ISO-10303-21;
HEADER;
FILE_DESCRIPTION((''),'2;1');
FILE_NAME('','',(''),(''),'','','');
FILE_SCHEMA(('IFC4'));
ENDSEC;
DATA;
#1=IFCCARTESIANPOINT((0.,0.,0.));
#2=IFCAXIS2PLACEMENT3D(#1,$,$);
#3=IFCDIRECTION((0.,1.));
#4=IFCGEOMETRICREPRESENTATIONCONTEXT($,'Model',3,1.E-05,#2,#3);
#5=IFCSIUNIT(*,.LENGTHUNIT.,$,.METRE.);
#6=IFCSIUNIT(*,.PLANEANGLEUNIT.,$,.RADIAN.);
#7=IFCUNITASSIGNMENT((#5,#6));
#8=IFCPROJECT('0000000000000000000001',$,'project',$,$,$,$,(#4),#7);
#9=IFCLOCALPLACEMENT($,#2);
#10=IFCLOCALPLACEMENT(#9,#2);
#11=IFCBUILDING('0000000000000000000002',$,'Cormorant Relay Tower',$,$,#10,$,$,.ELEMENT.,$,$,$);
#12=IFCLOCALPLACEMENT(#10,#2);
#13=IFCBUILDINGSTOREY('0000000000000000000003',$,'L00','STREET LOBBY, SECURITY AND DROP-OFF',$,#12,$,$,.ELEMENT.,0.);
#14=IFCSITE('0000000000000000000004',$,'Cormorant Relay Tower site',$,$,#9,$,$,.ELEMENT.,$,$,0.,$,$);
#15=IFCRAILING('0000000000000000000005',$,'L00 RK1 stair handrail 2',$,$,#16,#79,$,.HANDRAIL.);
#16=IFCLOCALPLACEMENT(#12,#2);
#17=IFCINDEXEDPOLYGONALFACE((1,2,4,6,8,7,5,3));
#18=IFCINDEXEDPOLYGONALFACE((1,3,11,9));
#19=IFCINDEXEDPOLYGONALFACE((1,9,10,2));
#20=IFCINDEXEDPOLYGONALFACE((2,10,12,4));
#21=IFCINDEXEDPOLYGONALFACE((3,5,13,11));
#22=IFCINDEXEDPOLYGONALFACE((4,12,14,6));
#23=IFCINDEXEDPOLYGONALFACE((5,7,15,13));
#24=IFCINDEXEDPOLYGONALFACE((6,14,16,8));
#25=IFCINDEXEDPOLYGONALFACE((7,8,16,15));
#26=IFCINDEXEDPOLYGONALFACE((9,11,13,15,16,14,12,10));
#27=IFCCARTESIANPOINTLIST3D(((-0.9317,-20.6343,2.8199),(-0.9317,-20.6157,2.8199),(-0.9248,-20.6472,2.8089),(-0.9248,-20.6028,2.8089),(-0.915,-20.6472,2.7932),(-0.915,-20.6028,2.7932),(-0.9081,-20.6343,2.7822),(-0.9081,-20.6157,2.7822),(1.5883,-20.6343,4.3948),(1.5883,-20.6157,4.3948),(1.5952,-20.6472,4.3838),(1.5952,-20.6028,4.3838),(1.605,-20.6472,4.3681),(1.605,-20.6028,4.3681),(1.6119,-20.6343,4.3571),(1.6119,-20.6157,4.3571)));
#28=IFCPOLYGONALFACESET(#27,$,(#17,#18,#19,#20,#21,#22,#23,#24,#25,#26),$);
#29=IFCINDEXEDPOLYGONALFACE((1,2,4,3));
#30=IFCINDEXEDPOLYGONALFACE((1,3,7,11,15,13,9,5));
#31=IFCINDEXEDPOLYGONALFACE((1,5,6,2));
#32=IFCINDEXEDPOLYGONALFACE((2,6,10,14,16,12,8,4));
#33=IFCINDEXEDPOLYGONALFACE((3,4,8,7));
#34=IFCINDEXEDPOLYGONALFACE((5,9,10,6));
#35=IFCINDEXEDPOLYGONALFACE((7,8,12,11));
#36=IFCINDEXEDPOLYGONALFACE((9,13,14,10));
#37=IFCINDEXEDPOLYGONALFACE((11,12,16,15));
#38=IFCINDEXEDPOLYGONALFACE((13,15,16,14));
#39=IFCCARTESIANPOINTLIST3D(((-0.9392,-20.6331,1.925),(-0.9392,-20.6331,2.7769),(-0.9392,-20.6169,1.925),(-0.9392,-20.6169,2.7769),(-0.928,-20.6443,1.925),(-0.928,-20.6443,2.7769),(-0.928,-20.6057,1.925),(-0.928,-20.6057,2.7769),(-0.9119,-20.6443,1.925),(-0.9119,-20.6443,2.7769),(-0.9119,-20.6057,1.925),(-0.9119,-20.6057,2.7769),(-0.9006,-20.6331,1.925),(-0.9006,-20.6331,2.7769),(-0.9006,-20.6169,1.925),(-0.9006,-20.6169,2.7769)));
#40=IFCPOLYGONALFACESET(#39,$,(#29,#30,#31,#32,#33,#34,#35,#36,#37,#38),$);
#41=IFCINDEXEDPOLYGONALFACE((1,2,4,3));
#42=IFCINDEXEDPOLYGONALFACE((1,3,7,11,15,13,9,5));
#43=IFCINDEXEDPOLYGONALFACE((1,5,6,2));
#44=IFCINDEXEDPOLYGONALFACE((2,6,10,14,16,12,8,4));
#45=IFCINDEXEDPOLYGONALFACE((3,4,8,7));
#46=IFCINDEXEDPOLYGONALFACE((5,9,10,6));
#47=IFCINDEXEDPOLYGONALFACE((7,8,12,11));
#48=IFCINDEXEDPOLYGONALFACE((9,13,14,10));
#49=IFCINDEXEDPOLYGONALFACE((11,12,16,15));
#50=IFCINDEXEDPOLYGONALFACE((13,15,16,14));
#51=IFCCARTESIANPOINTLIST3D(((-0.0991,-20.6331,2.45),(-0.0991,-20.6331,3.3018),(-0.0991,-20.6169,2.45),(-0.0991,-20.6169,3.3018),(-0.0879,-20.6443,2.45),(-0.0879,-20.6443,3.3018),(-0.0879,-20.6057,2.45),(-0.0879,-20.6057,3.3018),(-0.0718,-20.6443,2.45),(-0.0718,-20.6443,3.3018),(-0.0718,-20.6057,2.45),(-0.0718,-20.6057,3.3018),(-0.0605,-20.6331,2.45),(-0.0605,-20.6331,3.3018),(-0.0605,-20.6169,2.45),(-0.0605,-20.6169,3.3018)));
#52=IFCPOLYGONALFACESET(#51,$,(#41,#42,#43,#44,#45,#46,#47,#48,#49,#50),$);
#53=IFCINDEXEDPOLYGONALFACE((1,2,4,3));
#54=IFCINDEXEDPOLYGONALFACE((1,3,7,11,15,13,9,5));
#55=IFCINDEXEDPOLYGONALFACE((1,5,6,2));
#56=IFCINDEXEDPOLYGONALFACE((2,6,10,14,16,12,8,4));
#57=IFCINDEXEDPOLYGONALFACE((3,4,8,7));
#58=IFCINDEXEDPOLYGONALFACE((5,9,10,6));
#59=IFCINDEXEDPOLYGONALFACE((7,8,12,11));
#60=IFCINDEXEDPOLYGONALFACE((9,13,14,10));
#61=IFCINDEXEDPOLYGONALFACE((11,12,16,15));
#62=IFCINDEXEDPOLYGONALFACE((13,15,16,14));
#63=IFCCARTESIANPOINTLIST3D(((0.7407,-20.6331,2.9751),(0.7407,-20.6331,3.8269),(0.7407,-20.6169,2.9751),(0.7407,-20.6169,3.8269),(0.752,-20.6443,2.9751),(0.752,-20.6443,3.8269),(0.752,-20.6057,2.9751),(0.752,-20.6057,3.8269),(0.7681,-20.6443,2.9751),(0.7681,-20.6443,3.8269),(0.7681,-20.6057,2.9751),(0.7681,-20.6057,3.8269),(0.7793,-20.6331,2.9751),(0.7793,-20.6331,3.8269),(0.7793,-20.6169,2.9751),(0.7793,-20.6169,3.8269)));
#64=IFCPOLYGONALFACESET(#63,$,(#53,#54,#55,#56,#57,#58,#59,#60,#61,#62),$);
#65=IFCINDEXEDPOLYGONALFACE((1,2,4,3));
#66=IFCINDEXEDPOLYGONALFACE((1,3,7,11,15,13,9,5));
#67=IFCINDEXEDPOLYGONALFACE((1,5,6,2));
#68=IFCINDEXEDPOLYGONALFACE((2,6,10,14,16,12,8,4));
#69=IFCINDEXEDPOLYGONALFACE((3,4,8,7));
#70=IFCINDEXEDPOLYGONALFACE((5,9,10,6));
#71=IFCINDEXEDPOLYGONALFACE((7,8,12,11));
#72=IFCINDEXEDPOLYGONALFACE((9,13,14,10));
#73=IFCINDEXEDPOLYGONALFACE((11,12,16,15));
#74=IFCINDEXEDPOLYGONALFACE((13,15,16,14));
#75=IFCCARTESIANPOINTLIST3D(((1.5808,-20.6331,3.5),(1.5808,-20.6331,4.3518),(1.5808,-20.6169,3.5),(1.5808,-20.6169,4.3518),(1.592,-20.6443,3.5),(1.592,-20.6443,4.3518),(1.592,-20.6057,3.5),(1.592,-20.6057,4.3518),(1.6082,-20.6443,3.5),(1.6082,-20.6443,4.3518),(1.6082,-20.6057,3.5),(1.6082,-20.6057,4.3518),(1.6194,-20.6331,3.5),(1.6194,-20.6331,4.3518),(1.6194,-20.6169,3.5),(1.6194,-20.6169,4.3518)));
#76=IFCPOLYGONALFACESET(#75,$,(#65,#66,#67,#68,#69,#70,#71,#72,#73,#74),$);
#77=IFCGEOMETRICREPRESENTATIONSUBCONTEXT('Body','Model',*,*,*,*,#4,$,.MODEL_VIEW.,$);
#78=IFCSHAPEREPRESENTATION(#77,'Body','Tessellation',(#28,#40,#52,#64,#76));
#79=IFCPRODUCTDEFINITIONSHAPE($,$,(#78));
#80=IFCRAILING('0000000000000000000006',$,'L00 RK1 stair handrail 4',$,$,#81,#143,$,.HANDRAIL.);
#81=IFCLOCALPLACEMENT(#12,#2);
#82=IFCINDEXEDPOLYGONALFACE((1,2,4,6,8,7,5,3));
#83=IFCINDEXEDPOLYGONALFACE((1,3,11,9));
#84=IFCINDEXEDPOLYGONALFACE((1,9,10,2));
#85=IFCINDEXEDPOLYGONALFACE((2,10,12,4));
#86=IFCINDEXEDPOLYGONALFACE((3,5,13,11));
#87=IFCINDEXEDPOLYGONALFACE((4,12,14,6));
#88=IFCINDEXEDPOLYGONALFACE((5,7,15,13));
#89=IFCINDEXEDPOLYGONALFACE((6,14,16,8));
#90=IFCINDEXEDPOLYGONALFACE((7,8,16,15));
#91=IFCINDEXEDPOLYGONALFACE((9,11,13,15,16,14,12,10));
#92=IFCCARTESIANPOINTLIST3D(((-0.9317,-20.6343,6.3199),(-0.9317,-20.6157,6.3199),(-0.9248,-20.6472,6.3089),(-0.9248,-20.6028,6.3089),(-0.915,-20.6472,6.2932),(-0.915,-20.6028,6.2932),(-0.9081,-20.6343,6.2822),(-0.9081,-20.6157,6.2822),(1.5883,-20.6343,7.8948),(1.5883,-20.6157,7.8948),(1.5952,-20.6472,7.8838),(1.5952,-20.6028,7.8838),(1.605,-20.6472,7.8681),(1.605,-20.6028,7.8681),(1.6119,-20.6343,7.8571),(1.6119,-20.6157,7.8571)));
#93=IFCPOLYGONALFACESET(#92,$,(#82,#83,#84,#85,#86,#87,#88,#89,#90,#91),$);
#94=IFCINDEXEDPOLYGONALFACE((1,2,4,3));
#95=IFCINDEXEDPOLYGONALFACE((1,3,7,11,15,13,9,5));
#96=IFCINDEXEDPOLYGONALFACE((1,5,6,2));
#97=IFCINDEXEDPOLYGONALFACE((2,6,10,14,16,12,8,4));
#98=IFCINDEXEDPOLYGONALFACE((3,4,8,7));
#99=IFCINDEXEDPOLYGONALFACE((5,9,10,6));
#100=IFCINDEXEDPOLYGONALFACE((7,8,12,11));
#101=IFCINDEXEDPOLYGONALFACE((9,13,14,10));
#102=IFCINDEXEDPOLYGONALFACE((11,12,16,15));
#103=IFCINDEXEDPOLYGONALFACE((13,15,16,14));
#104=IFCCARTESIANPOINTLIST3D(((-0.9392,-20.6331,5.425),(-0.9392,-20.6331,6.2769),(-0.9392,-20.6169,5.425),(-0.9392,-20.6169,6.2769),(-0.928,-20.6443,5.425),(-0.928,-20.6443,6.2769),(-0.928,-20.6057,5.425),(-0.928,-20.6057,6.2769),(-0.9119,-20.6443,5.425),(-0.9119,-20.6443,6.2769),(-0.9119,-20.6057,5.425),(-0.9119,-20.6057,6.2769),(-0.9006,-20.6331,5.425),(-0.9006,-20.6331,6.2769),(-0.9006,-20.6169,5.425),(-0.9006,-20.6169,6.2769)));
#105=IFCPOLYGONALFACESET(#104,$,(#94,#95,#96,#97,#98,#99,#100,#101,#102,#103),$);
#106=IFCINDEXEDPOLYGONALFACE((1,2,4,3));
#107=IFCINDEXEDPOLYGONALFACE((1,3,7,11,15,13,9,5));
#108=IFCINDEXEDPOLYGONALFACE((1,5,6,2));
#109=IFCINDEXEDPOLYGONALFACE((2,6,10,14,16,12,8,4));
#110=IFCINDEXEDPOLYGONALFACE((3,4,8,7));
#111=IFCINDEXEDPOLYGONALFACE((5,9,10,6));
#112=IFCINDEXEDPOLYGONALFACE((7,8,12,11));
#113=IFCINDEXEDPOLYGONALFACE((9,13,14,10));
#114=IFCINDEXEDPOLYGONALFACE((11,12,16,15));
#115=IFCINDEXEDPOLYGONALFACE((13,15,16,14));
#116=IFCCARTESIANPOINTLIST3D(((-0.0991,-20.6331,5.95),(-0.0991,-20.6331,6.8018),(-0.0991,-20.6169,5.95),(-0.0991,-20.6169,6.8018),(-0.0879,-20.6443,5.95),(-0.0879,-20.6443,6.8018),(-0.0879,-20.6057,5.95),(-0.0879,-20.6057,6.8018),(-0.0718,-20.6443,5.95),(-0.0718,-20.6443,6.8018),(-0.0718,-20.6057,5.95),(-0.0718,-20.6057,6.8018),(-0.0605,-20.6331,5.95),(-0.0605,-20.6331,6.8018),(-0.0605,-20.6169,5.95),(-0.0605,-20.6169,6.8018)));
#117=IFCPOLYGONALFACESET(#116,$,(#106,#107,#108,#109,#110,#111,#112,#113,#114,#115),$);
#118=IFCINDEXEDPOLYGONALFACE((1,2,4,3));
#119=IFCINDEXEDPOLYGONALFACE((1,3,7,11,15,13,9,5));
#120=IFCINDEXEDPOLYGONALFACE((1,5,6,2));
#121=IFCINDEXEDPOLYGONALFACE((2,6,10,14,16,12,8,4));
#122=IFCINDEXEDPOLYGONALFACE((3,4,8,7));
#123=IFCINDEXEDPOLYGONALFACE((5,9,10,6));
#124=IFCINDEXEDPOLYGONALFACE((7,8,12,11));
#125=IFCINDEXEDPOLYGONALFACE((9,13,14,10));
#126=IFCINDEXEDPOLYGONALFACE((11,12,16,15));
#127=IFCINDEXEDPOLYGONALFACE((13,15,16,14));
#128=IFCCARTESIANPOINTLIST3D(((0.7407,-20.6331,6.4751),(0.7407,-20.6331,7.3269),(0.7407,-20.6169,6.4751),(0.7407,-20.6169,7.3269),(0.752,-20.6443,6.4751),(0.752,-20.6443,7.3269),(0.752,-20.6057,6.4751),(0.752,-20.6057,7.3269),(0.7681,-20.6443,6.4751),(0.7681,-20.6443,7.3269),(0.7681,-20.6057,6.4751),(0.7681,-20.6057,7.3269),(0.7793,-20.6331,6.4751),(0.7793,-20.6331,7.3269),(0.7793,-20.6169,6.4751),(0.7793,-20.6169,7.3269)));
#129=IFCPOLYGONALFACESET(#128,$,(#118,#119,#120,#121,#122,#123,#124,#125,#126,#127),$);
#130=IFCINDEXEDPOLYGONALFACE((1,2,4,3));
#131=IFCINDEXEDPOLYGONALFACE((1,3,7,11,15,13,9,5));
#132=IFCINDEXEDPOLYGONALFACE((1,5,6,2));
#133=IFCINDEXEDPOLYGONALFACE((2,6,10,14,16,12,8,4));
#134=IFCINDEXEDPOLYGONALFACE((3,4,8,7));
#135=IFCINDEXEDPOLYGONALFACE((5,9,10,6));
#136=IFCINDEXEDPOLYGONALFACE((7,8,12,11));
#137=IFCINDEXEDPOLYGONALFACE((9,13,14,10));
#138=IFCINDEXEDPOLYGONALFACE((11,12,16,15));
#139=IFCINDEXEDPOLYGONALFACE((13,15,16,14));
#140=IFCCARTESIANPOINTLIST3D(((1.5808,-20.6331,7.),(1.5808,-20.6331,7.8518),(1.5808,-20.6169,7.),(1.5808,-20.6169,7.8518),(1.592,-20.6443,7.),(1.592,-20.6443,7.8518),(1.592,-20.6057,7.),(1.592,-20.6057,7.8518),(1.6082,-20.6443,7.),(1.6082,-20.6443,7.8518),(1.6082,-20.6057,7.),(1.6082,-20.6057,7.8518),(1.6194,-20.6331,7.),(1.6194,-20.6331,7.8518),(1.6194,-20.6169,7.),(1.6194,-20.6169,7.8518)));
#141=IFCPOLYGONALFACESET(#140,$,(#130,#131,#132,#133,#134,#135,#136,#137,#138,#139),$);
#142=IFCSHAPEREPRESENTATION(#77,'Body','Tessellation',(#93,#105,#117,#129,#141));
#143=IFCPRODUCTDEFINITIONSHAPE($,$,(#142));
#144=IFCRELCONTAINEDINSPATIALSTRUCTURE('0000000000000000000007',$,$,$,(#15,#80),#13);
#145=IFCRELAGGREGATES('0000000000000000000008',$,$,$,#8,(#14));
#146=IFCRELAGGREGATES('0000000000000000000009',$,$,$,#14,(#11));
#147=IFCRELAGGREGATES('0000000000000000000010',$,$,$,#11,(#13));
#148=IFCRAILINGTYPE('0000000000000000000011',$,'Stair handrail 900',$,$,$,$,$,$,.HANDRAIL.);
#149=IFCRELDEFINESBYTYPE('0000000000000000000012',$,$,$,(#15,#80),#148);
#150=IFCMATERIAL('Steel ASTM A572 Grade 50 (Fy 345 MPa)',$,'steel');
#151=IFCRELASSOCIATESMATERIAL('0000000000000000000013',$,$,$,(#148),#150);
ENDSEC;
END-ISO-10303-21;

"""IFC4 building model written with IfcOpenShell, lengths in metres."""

from ifc_helpers import new_model, si_unit, direction, frame, origin, place, context, subcontext, project, spatial, polyline, outline, extrude, material, type_object, element, save


model = new_model("IFC4")

# Units and contexts
model_context = context("Model", 3, precision=1e-05, world=origin(), true_north=direction((0.0, 1.0)))
body_context = subcontext(model_context, "Body", "Model", "MODEL_VIEW")
ifc_project = project(units=[si_unit("LENGTHUNIT", "METRE"), si_unit("PLANEANGLEUNIT", "RADIAN")], contexts=[model_context])

# Site, building, storey
site_placement = place(None, origin())
site = spatial("IfcSite", under=ifc_project, at=site_placement, Name="Cormorant Relay Tower site", CompositionType="ELEMENT", RefElevation=0.0)
building_placement = place(site_placement, origin())
building = spatial("IfcBuilding", under=site, at=building_placement, Name="Cormorant Relay Tower", CompositionType="ELEMENT")
storey_placement = place(building_placement, origin())
storey = spatial("IfcBuildingStorey", under=building, at=storey_placement, Name="L00", Description="STREET LOBBY, SECURITY AND DROP-OFF", CompositionType="ELEMENT", Elevation=0.0)

# Railings
ifc_material_1 = material(Name="Steel ASTM A572 Grade 50 (Fy 345 MPa)", Category="steel")
railing_type_1 = type_object("IfcRailingType", Name="Stair handrail 900", PredefinedType="HANDRAIL", material=ifc_material_1)
railing_1_placement = place(storey_placement, frame((-0.9199, -20.625, 1.925)))
element("IfcRailing", 1, at=railing_1_placement, inside=storey, type_object=railing_type_1, Name="L00 RK1 stair handrail 2", PredefinedType="HANDRAIL", context=body_context, shape_type="SweptSolid", body=[
    extrude(outline(polyline([(0.0222, 0.0093), (0.0093, 0.0222), (-0.0093, 0.0222), (-0.0222, 0.0093), (-0.0222, -0.0093), (-0.0093, -0.0222), (0.0093, -0.0222), (0.0222, -0.0093), (0.0222, 0.0093)])), frame((0.0, 0.0, 0.876), z_axis=(0.848008, 0.0, 0.529984), x_axis=(0.0, 1.0, 0.0)), (0.0, 0.0, 1.0), 2.9717),
    extrude(outline(polyline([(0.0193, 0.0081), (0.0081, 0.0193), (-0.0081, 0.0193), (-0.0193, 0.0081), (-0.0193, -0.0081), (-0.0081, -0.0193), (0.0081, -0.0193), (0.0193, -0.0081), (0.0193, 0.0081)])), origin(), (0.0, 0.0, 1.0), 0.8518),
    extrude(outline(polyline([(0.0193, 0.0081), (0.0081, 0.0193), (-0.0081, 0.0193), (-0.0193, 0.0081), (-0.0193, -0.0081), (-0.0081, -0.0193), (0.0081, -0.0193), (0.0193, -0.0081), (0.0193, 0.0081)])), frame((0.8401, 0.0, 0.5249)), (0.0, 0.0, 1.0), 0.8518),
    extrude(outline(polyline([(0.0193, 0.0081), (0.0081, 0.0193), (-0.0081, 0.0193), (-0.0193, 0.0081), (-0.0193, -0.0081), (-0.0081, -0.0193), (0.0081, -0.0193), (0.0193, -0.0081), (0.0193, 0.0081)])), frame((1.6799, 0.0, 1.05)), (0.0, 0.0, 1.0), 0.8518),
    extrude(outline(polyline([(0.0193, 0.0081), (0.0081, 0.0193), (-0.0081, 0.0193), (-0.0193, 0.0081), (-0.0193, -0.0081), (-0.0081, -0.0193), (0.0081, -0.0193), (0.0193, -0.0081), (0.0193, 0.0081)])), frame((2.52, 0.0, 1.575)), (0.0, 0.0, 1.0), 0.8518),
])
railing_2_placement = place(storey_placement, frame((-0.9199, -20.625, 5.425)))
element("IfcRailing", 2, at=railing_2_placement, inside=storey, type_object=railing_type_1, Name="L00 RK1 stair handrail 4", PredefinedType="HANDRAIL", context=body_context, shape_type="SweptSolid", body=[
    extrude(outline(polyline([(0.0222, 0.0093), (0.0093, 0.0222), (-0.0093, 0.0222), (-0.0222, 0.0093), (-0.0222, -0.0093), (-0.0093, -0.0222), (0.0093, -0.0222), (0.0222, -0.0093), (0.0222, 0.0093)])), frame((0.0, 0.0, 0.876), z_axis=(0.848008, 0.0, 0.529984), x_axis=(0.0, 1.0, 0.0)), (0.0, 0.0, 1.0), 2.9717),
    extrude(outline(polyline([(0.0193, 0.0081), (0.0081, 0.0193), (-0.0081, 0.0193), (-0.0193, 0.0081), (-0.0193, -0.0081), (-0.0081, -0.0193), (0.0081, -0.0193), (0.0193, -0.0081), (0.0193, 0.0081)])), origin(), (0.0, 0.0, 1.0), 0.8518),
    extrude(outline(polyline([(0.0193, 0.0081), (0.0081, 0.0193), (-0.0081, 0.0193), (-0.0193, 0.0081), (-0.0193, -0.0081), (-0.0081, -0.0193), (0.0081, -0.0193), (0.0193, -0.0081), (0.0193, 0.0081)])), frame((0.8401, 0.0, 0.5249)), (0.0, 0.0, 1.0), 0.8518),
    extrude(outline(polyline([(0.0193, 0.0081), (0.0081, 0.0193), (-0.0081, 0.0193), (-0.0193, 0.0081), (-0.0193, -0.0081), (-0.0081, -0.0193), (0.0081, -0.0193), (0.0193, -0.0081), (0.0193, 0.0081)])), frame((1.6799, 0.0, 1.05)), (0.0, 0.0, 1.0), 0.8518),
    extrude(outline(polyline([(0.0193, 0.0081), (0.0081, 0.0193), (-0.0081, 0.0193), (-0.0193, 0.0081), (-0.0193, -0.0081), (-0.0081, -0.0193), (0.0081, -0.0193), (0.0193, -0.0081), (0.0193, 0.0081)])), frame((2.52, 0.0, 1.575)), (0.0, 0.0, 1.0), 0.8518),
])

save(model, "model.ifc")
